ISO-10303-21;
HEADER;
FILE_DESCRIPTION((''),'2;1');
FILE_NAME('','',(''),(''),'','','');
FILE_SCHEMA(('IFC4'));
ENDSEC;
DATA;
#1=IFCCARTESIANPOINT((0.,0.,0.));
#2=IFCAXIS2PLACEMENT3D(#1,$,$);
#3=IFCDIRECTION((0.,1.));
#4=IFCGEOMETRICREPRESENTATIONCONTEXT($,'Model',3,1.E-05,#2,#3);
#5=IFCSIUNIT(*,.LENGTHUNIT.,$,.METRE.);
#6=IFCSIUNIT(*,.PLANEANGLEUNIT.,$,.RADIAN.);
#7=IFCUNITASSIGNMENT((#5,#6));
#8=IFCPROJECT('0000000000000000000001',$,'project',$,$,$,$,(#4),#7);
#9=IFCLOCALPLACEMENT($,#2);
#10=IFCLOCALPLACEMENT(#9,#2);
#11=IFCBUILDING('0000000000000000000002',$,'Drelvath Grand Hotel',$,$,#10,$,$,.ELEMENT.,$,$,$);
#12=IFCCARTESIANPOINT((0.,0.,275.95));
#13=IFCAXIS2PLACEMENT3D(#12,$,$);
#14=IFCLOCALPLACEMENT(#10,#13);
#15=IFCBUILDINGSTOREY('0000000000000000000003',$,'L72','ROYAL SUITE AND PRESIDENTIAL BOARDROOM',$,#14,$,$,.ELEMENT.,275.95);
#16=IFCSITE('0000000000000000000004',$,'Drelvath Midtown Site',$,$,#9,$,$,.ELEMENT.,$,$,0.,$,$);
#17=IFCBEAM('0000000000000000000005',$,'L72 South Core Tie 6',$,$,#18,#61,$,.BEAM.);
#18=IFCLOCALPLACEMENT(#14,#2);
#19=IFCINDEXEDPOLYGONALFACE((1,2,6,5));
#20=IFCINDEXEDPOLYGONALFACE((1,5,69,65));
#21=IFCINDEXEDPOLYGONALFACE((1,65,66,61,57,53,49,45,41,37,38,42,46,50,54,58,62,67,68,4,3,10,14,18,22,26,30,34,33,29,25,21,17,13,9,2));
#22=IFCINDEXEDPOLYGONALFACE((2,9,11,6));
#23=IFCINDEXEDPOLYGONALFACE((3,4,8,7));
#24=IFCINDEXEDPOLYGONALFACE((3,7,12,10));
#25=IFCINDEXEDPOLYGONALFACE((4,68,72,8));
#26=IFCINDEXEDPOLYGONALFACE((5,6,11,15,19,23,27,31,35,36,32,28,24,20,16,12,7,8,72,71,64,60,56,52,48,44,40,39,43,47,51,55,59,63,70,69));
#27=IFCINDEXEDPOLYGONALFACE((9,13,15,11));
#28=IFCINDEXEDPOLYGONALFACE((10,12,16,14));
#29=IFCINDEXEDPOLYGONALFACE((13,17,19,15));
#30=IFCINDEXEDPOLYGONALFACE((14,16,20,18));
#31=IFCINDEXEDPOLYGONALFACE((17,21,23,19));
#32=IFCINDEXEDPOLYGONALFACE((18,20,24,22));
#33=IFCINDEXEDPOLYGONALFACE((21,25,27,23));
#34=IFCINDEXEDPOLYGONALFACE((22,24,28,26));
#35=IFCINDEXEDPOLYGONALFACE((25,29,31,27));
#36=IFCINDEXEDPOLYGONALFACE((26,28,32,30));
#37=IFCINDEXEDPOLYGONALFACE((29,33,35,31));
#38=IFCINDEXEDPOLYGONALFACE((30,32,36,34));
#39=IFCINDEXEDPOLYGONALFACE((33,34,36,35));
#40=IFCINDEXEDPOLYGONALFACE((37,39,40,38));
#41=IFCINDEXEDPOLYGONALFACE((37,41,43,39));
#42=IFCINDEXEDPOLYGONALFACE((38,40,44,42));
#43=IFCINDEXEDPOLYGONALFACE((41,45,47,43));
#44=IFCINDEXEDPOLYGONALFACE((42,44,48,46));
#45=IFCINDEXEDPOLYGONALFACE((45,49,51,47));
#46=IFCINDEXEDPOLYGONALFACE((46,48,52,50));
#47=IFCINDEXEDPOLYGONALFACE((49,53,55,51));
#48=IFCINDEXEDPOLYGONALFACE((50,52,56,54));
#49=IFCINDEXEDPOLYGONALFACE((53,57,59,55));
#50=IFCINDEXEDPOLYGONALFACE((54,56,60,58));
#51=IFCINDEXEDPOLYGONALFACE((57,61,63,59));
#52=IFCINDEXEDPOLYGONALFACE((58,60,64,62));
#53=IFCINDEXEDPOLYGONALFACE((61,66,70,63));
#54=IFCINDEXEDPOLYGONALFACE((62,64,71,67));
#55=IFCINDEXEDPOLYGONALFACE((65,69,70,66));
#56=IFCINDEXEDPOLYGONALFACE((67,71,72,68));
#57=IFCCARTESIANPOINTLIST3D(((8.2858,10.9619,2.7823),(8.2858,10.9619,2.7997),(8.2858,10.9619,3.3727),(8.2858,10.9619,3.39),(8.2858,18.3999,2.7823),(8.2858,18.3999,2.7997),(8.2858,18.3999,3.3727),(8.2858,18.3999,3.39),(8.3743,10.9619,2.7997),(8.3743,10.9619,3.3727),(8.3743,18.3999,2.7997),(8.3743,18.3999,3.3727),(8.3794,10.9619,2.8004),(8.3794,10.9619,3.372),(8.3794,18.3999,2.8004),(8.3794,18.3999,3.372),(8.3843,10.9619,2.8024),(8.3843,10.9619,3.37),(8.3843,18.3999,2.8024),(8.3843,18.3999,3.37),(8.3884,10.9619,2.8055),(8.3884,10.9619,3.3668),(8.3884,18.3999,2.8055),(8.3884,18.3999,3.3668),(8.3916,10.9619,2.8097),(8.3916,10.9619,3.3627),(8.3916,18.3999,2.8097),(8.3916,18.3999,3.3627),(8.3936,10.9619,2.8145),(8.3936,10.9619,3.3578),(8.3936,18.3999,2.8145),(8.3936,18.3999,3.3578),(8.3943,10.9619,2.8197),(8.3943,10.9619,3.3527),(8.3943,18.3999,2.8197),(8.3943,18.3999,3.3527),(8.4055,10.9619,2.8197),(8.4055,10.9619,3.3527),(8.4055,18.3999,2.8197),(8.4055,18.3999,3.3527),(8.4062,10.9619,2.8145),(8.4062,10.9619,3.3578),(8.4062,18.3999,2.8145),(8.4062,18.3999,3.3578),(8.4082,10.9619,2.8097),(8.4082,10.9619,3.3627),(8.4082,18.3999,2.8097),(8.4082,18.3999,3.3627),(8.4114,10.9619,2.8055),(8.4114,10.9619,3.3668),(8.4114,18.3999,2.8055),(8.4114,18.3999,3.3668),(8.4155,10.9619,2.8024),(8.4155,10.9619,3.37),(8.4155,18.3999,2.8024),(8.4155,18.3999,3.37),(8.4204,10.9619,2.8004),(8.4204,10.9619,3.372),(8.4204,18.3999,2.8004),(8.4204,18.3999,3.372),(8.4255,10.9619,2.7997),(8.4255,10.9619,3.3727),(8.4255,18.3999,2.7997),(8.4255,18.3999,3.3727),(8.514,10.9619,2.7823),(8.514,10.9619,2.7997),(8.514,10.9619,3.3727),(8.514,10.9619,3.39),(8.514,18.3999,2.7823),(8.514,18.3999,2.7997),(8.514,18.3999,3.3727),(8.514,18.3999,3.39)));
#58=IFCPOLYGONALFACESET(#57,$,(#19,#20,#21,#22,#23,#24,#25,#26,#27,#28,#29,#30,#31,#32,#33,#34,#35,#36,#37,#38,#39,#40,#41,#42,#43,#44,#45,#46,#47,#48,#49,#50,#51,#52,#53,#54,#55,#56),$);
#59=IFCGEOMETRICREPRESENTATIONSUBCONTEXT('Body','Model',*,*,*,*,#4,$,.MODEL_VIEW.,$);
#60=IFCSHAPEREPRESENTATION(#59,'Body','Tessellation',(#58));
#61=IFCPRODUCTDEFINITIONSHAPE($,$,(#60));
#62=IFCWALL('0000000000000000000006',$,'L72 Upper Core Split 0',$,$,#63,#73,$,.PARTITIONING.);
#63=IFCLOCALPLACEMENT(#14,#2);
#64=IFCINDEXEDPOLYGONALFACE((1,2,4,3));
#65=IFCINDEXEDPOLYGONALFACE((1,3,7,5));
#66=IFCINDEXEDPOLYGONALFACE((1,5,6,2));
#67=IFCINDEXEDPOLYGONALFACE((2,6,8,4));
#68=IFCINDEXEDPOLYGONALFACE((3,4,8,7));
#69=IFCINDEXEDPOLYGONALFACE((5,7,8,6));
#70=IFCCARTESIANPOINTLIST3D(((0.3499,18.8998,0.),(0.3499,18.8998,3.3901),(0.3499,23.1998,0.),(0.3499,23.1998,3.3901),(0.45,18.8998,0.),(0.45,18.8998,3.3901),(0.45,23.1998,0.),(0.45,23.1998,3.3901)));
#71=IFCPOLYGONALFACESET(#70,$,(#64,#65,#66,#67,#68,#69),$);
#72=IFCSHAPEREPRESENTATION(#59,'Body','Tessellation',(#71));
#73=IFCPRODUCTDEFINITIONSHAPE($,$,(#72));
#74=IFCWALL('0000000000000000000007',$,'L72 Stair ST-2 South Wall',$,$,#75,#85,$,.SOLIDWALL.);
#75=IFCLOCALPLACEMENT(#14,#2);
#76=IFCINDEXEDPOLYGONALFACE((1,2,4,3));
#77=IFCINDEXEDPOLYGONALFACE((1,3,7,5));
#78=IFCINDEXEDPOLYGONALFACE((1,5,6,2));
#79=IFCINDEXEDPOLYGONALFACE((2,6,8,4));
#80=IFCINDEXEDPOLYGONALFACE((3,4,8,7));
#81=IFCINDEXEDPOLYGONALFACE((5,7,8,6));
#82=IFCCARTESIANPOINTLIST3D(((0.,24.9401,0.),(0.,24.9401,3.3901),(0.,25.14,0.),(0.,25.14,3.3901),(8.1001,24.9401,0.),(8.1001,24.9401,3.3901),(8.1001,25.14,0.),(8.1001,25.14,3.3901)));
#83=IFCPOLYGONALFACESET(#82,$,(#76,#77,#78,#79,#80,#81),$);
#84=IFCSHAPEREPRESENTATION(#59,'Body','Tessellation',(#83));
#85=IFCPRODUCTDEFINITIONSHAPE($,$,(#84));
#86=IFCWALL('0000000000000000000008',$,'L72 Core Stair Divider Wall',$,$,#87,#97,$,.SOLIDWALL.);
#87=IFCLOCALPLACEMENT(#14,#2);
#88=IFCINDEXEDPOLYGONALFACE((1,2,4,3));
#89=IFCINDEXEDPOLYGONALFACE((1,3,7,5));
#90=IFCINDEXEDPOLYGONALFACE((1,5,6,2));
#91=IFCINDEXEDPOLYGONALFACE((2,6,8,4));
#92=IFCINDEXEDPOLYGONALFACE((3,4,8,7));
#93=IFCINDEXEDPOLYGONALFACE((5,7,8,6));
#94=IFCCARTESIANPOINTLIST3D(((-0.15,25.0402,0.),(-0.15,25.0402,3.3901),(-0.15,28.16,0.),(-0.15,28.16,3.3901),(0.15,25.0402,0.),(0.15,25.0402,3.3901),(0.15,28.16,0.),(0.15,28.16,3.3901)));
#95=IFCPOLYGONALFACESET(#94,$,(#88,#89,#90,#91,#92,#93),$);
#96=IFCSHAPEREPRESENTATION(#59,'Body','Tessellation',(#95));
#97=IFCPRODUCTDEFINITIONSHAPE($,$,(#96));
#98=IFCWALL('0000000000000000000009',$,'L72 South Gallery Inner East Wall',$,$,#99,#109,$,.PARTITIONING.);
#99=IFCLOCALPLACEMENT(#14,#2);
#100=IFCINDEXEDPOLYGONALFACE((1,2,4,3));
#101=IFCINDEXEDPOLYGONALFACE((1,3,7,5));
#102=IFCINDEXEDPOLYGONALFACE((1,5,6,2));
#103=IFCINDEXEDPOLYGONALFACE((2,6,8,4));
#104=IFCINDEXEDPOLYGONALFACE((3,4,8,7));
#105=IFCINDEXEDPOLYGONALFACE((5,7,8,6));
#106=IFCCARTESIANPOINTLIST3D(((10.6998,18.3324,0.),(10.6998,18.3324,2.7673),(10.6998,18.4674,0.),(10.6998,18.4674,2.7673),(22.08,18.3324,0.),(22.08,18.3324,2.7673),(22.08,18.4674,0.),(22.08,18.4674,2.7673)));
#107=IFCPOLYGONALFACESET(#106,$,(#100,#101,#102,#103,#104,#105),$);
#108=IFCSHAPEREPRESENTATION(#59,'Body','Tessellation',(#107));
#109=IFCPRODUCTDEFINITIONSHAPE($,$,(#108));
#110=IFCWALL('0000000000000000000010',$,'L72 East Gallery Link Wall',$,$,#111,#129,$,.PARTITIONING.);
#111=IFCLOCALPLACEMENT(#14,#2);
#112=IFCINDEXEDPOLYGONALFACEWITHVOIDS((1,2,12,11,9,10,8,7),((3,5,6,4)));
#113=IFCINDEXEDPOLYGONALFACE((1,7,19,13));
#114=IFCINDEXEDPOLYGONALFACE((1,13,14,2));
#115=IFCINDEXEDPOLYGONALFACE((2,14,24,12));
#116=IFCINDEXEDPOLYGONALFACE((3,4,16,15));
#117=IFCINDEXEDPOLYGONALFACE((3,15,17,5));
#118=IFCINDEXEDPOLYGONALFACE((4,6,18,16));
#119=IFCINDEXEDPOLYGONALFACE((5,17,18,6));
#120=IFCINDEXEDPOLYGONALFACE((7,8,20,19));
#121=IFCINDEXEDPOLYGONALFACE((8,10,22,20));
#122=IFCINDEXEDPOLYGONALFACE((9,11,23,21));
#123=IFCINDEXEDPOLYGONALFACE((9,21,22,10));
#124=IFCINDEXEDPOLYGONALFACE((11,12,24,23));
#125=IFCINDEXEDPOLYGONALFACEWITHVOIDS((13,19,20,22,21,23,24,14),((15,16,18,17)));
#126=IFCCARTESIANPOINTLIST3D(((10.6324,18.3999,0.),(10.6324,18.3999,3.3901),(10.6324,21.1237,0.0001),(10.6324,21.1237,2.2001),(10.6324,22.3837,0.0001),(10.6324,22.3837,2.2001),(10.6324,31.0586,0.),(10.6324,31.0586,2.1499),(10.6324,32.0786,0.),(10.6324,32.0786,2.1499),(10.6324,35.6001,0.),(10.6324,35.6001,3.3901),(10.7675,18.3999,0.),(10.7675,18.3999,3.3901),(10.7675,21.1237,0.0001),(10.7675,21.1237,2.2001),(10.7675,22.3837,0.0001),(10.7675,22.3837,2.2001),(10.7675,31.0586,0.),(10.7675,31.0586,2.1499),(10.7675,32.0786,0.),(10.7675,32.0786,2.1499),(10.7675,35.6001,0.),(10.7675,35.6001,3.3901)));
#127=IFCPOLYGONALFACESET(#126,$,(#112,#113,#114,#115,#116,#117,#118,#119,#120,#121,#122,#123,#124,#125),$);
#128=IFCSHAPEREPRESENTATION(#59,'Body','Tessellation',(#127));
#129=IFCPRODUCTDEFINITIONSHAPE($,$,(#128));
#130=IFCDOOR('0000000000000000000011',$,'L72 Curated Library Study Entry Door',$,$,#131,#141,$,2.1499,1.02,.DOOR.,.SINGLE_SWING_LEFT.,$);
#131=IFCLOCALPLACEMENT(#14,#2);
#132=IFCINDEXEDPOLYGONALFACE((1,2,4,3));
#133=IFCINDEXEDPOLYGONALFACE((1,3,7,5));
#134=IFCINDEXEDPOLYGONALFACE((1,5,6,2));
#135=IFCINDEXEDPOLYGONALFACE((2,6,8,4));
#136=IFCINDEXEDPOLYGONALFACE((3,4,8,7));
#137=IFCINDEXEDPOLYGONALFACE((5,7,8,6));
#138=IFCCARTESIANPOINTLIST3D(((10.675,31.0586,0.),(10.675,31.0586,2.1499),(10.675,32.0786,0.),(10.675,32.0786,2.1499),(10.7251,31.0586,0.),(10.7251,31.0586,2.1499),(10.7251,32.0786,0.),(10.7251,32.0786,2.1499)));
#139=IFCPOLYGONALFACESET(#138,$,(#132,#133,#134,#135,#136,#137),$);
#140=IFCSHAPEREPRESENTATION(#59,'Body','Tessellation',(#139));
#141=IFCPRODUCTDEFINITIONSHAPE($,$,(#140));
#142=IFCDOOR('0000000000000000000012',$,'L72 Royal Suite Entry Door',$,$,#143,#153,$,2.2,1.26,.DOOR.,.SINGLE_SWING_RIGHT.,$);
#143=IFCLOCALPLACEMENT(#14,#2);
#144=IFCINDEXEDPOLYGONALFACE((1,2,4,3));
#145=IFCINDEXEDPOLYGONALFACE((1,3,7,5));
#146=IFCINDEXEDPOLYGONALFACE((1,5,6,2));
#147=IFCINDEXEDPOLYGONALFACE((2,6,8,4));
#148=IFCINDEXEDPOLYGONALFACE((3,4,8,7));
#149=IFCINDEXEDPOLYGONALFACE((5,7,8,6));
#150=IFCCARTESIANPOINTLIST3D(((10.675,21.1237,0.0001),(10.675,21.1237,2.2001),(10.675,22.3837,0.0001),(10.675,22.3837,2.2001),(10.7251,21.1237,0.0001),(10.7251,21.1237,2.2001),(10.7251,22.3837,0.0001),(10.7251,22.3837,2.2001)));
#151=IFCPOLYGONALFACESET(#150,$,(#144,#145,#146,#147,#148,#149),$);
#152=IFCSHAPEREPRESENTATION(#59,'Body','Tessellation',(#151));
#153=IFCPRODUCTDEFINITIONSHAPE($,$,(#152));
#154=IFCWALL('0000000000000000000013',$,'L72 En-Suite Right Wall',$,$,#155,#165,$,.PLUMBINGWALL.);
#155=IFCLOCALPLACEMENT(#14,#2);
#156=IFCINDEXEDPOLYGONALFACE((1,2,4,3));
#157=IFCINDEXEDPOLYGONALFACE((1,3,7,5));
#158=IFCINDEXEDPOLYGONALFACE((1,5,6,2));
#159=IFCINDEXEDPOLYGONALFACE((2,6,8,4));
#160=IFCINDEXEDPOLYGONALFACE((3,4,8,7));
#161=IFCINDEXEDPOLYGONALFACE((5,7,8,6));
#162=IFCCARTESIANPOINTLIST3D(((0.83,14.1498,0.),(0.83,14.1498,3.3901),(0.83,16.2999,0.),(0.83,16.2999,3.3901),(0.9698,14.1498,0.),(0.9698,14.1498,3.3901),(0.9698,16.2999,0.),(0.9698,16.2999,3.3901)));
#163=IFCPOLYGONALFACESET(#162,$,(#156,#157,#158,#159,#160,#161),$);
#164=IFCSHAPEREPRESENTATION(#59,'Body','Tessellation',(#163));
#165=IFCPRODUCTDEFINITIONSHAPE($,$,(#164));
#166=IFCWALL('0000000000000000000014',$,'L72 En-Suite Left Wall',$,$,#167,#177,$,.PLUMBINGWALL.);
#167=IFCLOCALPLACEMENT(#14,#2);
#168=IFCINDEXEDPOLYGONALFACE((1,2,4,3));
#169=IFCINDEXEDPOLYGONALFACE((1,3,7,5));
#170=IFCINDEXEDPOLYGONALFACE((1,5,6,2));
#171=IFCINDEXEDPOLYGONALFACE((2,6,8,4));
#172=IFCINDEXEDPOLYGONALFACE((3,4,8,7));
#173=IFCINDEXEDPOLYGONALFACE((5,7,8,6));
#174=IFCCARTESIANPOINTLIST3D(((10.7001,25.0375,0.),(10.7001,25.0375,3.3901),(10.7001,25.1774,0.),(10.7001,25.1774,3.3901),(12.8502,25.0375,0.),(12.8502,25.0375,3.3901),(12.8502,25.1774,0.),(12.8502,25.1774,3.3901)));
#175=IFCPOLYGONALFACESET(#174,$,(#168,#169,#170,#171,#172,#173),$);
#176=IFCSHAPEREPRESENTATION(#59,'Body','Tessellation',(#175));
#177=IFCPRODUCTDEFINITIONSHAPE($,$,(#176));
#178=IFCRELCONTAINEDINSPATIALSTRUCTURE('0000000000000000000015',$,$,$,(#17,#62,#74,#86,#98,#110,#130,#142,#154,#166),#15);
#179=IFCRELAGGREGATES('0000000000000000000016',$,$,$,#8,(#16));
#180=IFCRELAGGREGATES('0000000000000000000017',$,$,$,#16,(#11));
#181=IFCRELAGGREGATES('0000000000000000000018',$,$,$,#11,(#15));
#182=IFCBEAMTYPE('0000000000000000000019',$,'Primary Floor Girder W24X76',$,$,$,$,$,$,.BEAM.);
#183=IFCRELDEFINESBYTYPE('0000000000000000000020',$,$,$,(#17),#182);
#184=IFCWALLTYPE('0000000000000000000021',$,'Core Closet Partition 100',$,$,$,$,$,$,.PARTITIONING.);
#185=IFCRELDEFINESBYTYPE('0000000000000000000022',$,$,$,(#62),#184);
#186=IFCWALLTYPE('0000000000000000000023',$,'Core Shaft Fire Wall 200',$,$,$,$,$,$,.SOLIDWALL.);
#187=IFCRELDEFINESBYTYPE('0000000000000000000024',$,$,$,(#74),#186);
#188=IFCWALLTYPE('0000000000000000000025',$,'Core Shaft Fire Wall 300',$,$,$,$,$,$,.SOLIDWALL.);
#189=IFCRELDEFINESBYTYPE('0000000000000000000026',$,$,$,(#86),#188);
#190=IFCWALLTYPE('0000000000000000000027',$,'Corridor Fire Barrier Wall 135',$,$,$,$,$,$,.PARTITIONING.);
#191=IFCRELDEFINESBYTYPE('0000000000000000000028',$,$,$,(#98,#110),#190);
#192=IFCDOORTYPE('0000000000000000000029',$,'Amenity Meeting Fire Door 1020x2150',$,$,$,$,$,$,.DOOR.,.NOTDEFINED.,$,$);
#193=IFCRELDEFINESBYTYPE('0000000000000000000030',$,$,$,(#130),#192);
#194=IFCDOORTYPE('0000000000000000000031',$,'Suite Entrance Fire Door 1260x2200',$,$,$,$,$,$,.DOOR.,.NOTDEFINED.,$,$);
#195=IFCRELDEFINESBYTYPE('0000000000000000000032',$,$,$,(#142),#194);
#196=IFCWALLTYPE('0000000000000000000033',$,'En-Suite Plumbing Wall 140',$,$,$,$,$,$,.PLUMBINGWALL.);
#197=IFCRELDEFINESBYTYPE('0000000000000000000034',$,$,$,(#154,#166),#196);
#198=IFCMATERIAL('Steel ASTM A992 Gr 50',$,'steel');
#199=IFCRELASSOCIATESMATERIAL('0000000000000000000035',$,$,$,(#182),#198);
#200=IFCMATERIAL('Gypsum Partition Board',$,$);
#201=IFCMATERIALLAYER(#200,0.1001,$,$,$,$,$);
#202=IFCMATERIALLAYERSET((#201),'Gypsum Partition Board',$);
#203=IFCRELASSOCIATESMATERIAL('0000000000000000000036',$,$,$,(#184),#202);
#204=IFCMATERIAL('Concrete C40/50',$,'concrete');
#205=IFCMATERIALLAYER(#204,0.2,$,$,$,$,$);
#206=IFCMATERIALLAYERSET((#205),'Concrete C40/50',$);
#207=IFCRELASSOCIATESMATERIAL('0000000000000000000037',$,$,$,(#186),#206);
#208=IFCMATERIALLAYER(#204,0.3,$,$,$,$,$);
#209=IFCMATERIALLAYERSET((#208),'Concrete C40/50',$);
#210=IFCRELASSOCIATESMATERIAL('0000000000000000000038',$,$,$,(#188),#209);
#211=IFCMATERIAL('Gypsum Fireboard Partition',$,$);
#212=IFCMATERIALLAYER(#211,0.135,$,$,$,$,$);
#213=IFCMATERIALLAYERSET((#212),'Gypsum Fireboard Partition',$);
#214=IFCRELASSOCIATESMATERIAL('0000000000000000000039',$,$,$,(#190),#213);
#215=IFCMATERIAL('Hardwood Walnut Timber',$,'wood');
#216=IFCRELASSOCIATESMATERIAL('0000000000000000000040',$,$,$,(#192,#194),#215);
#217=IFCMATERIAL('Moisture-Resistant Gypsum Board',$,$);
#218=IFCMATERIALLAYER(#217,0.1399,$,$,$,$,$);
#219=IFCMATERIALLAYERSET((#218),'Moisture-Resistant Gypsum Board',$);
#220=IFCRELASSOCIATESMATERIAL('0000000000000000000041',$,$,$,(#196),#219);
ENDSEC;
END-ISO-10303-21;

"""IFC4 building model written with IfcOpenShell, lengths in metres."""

from ifc_helpers import new_model, si_unit, direction, frame, frame_2d, origin, origin_2d, place, context, subcontext, project, spatial, rectangle, i_section, extrude, material, layer, layer_set, material_profile, profile_set, type_object, element, fill, save


model = new_model("IFC4")

# Units and contexts
model_context = context("Model", 3, precision=1e-05, world=origin(), true_north=direction((0.0, 1.0)))
body_context = subcontext(model_context, "Body", "Model", "MODEL_VIEW")
ifc_project = project(units=[si_unit("LENGTHUNIT", "METRE"), si_unit("PLANEANGLEUNIT", "RADIAN")], contexts=[model_context])

# Site, building, storey
site_placement = place(None, origin())
site = spatial("IfcSite", under=ifc_project, at=site_placement, Name="Drelvath Midtown Site", CompositionType="ELEMENT", RefElevation=0.0)
building_placement = place(site_placement, origin())
building = spatial("IfcBuilding", under=site, at=building_placement, Name="Drelvath Grand Hotel", CompositionType="ELEMENT")
storey_placement = place(building_placement, frame((0.0, 0.0, 275.95)))
storey = spatial("IfcBuildingStorey", under=building, at=storey_placement, Name="L72", Description="ROYAL SUITE AND PRESIDENTIAL BOARDROOM", CompositionType="ELEMENT", Elevation=275.95)

# Beam
ifc_material_1 = material(Name="Steel ASTM A992 Gr 50", Category="steel")
ifc_material_profile_1 = material_profile(ifc_material_1, i_section(OverallWidth=0.2283, OverallDepth=0.6077, WebThickness=0.0112, FlangeThickness=0.0173, FilletRadius=0.02, at=origin_2d()), Name="W24X76")
ifc_profile_set_1 = profile_set([ifc_material_profile_1], Name="Steel ASTM A992 Gr 50")
beam_type_1 = type_object("IfcBeamType", Name="Primary Floor Girder W24X76", PredefinedType="BEAM", material=ifc_profile_set_1)
for number, where, z_axis, x_axis, name in (
    (1, (8.3999, 10.9619, 3.0862), (0.0, 1.0, 0.0), (-1.0, 0.0, 0.0), "L72 South Core Tie 6"),
):
    element("IfcBeam", number, at=place(storey_placement, frame(where, z_axis=z_axis, x_axis=x_axis)), inside=storey, type_object=beam_type_1, Name=name, PredefinedType="BEAM", context=body_context, shape_type="SweptSolid", body=[
        extrude(i_section(OverallWidth=0.2283, OverallDepth=0.6077, WebThickness=0.0112, FlangeThickness=0.0173, FilletRadius=0.02, at=origin_2d()), origin(), (0.0, 0.0, 1.0), 7.438),
    ])

# Walls
ifc_material_2 = material(Name="Gypsum Partition Board")
ifc_layer_1 = layer(ifc_material_2, 0.1001)
ifc_layer_set_1 = layer_set([ifc_layer_1], Name="Gypsum Partition Board")
wall_type_1 = type_object("IfcWallType", Name="Core Closet Partition 100", PredefinedType="PARTITIONING", material=ifc_layer_set_1)
wall_1_placement = place(storey_placement, frame((0.3999, 18.8999, 0.0), z_axis=(0.0, 0.0, 1.0), x_axis=(0.0, 1.0, 0.0)))
element("IfcWall", 2, at=wall_1_placement, inside=storey, type_object=wall_type_1, Name="L72 Upper Core Split 0", PredefinedType="PARTITIONING", context=body_context, shape_type="SweptSolid", body=[
    extrude(rectangle(XDim=4.3, YDim=0.1001, at=frame_2d((2.1499, 0.0))), origin(), (0.0, 0.0, 1.0), 3.3901),
])
ifc_material_3 = material(Name="Concrete C40/50", Category="concrete")
ifc_layer_2 = layer(ifc_material_3, 0.2)
ifc_layer_set_2 = layer_set([ifc_layer_2], Name="Concrete C40/50")
wall_type_2 = type_object("IfcWallType", Name="Core Shaft Fire Wall 200", PredefinedType="SOLIDWALL", material=ifc_layer_set_2)
wall_2_placement = place(storey_placement, frame((0.0, 25.04, 0.0), z_axis=(0.0, 0.0, 1.0), x_axis=(1.0, 0.0, 0.0)))
element("IfcWall", 3, at=wall_2_placement, inside=storey, type_object=wall_type_2, Name="L72 Stair ST-2 South Wall", PredefinedType="SOLIDWALL", context=body_context, shape_type="SweptSolid", body=[
    extrude(rectangle(XDim=8.1001, YDim=0.2, at=frame_2d((4.05, 0.0))), origin(), (0.0, 0.0, 1.0), 3.3901),
])
ifc_layer_3 = layer(ifc_material_3, 0.3)
ifc_layer_set_3 = layer_set([ifc_layer_3], Name="Concrete C40/50")
wall_type_3 = type_object("IfcWallType", Name="Core Shaft Fire Wall 300", PredefinedType="SOLIDWALL", material=ifc_layer_set_3)
wall_3_placement = place(storey_placement, frame((0.0, 25.04, 0.0), z_axis=(0.0, 0.0, 1.0), x_axis=(0.0, 1.0, 0.0)))
element("IfcWall", 4, at=wall_3_placement, inside=storey, type_object=wall_type_3, Name="L72 Core Stair Divider Wall", PredefinedType="SOLIDWALL", context=body_context, shape_type="SweptSolid", body=[
    extrude(rectangle(XDim=3.1199, YDim=0.3, at=frame_2d((1.5601, 0.0))), origin(), (0.0, 0.0, 1.0), 3.3901),
])
ifc_material_4 = material(Name="Gypsum Fireboard Partition")
ifc_layer_4 = layer(ifc_material_4, 0.135)
ifc_layer_set_4 = layer_set([ifc_layer_4], Name="Gypsum Fireboard Partition")
wall_type_4 = type_object("IfcWallType", Name="Corridor Fire Barrier Wall 135", PredefinedType="PARTITIONING", material=ifc_layer_set_4)
wall_4_placement = place(storey_placement, frame((10.7, 18.3999, 0.0), z_axis=(0.0, 0.0, 1.0), x_axis=(1.0, 0.0, 0.0)))
element("IfcWall", 5, at=wall_4_placement, inside=storey, type_object=wall_type_4, Name="L72 South Gallery Inner East Wall", PredefinedType="PARTITIONING", context=body_context, shape_type="SweptSolid", body=[
    extrude(rectangle(XDim=11.3801, YDim=0.135, at=frame_2d((5.6899, 0.0))), origin(), (0.0, 0.0, 1.0), 2.7673),
])

# Wall, openings, doors
wall_5_placement = place(storey_placement, frame((10.7, 18.3999, 0.0), z_axis=(0.0, 0.0, 1.0), x_axis=(0.0, 1.0, 0.0)))
wall_5 = element("IfcWall", 6, at=wall_5_placement, inside=storey, type_object=wall_type_4, Name="L72 East Gallery Link Wall", PredefinedType="PARTITIONING", context=body_context, shape_type="SweptSolid", body=[
    extrude(rectangle(XDim=17.2002, YDim=0.135, at=frame_2d((8.6001, 0.0))), origin(), (0.0, 0.0, 1.0), 3.3901),
])
opening_1_placement = place(wall_5_placement, frame((2.7239, 0.0, 0.0)))
opening_1 = element("IfcOpeningElement", 7, at=opening_1_placement, cuts=wall_5, PredefinedType="OPENING", context=body_context, shape_type="SweptSolid", body=[
    extrude(rectangle(XDim=1.26, YDim=2.2, at=frame_2d((0.6299, 1.1001))), frame((0.0, 0.0774, 0.0), z_axis=(0.0, -1.0, 0.0), x_axis=(1.0, 0.0, 0.0)), (0.0, 0.0, 1.0), 0.155),
])
opening_2_placement = place(wall_5_placement, frame((12.6587, 0.0, 0.0)))
opening_2 = element("IfcOpeningElement", 8, at=opening_2_placement, cuts=wall_5, PredefinedType="OPENING", context=body_context, shape_type="SweptSolid", body=[
    extrude(rectangle(XDim=1.02, YDim=2.1499, at=frame_2d((0.51, 1.075))), frame((0.0, 0.0774, 0.0), z_axis=(0.0, -1.0, 0.0), x_axis=(1.0, 0.0, 0.0)), (0.0, 0.0, 1.0), 0.155),
])
ifc_material_5 = material(Name="Hardwood Walnut Timber", Category="wood")
door_type_1 = type_object("IfcDoorType", Name="Amenity Meeting Fire Door 1020x2150", OperationType="NOTDEFINED", PredefinedType="DOOR", material=ifc_material_5)
door_1_placement = place(opening_2_placement, origin())
door_1 = element("IfcDoor", 9, at=door_1_placement, inside=storey, type_object=door_type_1, Name="L72 Curated Library Study Entry Door", OperationType="SINGLE_SWING_LEFT", OverallHeight=2.1499, OverallWidth=1.02, PredefinedType="DOOR", context=body_context, shape_type="SweptSolid", body=[
    extrude(rectangle(XDim=1.02, YDim=2.1499, at=frame_2d((0.51, 1.075))), frame((0.0, 0.0249, 0.0), z_axis=(0.0, -1.0, 0.0), x_axis=(1.0, 0.0, 0.0)), (0.0, 0.0, 1.0), 0.05),
])
fill(opening_2, door_1)
door_type_2 = type_object("IfcDoorType", Name="Suite Entrance Fire Door 1260x2200", OperationType="NOTDEFINED", PredefinedType="DOOR", material=ifc_material_5)
door_2_placement = place(opening_1_placement, origin())
door_2 = element("IfcDoor", 10, at=door_2_placement, inside=storey, type_object=door_type_2, Name="L72 Royal Suite Entry Door", OperationType="SINGLE_SWING_RIGHT", OverallHeight=2.2, OverallWidth=1.26, PredefinedType="DOOR", context=body_context, shape_type="SweptSolid", body=[
    extrude(rectangle(XDim=1.26, YDim=2.2, at=frame_2d((0.6299, 1.1001))), frame((0.0, 0.0249, 0.0), z_axis=(0.0, -1.0, 0.0), x_axis=(1.0, 0.0, 0.0)), (0.0, 0.0, 1.0), 0.05),
])
fill(opening_1, door_2)

# Walls
ifc_material_6 = material(Name="Moisture-Resistant Gypsum Board")
ifc_layer_5 = layer(ifc_material_6, 0.1399)
ifc_layer_set_5 = layer_set([ifc_layer_5], Name="Moisture-Resistant Gypsum Board")
wall_type_5 = type_object("IfcWallType", Name="En-Suite Plumbing Wall 140", PredefinedType="PLUMBINGWALL", material=ifc_layer_set_5)
for number, where, z_axis, x_axis, name in (
    (11, (0.8999, 16.3, 0.0), (0.0, 0.0, 1.0), (0.0, -1.0, 0.0), "L72 En-Suite Right Wall"),
    (12, (10.7, 25.1074, 0.0), (0.0, 0.0, 1.0), (1.0, 0.0, 0.0), "L72 En-Suite Left Wall"),
):
    element("IfcWall", number, at=place(storey_placement, frame(where, z_axis=z_axis, x_axis=x_axis)), inside=storey, type_object=wall_type_5, Name=name, PredefinedType="PLUMBINGWALL", context=body_context, shape_type="SweptSolid", body=[
        extrude(rectangle(XDim=2.1501, YDim=0.1399, at=frame_2d((1.0752, 0.0))), origin(), (0.0, 0.0, 1.0), 3.3901),
    ])

save(model, "model.ifc")
